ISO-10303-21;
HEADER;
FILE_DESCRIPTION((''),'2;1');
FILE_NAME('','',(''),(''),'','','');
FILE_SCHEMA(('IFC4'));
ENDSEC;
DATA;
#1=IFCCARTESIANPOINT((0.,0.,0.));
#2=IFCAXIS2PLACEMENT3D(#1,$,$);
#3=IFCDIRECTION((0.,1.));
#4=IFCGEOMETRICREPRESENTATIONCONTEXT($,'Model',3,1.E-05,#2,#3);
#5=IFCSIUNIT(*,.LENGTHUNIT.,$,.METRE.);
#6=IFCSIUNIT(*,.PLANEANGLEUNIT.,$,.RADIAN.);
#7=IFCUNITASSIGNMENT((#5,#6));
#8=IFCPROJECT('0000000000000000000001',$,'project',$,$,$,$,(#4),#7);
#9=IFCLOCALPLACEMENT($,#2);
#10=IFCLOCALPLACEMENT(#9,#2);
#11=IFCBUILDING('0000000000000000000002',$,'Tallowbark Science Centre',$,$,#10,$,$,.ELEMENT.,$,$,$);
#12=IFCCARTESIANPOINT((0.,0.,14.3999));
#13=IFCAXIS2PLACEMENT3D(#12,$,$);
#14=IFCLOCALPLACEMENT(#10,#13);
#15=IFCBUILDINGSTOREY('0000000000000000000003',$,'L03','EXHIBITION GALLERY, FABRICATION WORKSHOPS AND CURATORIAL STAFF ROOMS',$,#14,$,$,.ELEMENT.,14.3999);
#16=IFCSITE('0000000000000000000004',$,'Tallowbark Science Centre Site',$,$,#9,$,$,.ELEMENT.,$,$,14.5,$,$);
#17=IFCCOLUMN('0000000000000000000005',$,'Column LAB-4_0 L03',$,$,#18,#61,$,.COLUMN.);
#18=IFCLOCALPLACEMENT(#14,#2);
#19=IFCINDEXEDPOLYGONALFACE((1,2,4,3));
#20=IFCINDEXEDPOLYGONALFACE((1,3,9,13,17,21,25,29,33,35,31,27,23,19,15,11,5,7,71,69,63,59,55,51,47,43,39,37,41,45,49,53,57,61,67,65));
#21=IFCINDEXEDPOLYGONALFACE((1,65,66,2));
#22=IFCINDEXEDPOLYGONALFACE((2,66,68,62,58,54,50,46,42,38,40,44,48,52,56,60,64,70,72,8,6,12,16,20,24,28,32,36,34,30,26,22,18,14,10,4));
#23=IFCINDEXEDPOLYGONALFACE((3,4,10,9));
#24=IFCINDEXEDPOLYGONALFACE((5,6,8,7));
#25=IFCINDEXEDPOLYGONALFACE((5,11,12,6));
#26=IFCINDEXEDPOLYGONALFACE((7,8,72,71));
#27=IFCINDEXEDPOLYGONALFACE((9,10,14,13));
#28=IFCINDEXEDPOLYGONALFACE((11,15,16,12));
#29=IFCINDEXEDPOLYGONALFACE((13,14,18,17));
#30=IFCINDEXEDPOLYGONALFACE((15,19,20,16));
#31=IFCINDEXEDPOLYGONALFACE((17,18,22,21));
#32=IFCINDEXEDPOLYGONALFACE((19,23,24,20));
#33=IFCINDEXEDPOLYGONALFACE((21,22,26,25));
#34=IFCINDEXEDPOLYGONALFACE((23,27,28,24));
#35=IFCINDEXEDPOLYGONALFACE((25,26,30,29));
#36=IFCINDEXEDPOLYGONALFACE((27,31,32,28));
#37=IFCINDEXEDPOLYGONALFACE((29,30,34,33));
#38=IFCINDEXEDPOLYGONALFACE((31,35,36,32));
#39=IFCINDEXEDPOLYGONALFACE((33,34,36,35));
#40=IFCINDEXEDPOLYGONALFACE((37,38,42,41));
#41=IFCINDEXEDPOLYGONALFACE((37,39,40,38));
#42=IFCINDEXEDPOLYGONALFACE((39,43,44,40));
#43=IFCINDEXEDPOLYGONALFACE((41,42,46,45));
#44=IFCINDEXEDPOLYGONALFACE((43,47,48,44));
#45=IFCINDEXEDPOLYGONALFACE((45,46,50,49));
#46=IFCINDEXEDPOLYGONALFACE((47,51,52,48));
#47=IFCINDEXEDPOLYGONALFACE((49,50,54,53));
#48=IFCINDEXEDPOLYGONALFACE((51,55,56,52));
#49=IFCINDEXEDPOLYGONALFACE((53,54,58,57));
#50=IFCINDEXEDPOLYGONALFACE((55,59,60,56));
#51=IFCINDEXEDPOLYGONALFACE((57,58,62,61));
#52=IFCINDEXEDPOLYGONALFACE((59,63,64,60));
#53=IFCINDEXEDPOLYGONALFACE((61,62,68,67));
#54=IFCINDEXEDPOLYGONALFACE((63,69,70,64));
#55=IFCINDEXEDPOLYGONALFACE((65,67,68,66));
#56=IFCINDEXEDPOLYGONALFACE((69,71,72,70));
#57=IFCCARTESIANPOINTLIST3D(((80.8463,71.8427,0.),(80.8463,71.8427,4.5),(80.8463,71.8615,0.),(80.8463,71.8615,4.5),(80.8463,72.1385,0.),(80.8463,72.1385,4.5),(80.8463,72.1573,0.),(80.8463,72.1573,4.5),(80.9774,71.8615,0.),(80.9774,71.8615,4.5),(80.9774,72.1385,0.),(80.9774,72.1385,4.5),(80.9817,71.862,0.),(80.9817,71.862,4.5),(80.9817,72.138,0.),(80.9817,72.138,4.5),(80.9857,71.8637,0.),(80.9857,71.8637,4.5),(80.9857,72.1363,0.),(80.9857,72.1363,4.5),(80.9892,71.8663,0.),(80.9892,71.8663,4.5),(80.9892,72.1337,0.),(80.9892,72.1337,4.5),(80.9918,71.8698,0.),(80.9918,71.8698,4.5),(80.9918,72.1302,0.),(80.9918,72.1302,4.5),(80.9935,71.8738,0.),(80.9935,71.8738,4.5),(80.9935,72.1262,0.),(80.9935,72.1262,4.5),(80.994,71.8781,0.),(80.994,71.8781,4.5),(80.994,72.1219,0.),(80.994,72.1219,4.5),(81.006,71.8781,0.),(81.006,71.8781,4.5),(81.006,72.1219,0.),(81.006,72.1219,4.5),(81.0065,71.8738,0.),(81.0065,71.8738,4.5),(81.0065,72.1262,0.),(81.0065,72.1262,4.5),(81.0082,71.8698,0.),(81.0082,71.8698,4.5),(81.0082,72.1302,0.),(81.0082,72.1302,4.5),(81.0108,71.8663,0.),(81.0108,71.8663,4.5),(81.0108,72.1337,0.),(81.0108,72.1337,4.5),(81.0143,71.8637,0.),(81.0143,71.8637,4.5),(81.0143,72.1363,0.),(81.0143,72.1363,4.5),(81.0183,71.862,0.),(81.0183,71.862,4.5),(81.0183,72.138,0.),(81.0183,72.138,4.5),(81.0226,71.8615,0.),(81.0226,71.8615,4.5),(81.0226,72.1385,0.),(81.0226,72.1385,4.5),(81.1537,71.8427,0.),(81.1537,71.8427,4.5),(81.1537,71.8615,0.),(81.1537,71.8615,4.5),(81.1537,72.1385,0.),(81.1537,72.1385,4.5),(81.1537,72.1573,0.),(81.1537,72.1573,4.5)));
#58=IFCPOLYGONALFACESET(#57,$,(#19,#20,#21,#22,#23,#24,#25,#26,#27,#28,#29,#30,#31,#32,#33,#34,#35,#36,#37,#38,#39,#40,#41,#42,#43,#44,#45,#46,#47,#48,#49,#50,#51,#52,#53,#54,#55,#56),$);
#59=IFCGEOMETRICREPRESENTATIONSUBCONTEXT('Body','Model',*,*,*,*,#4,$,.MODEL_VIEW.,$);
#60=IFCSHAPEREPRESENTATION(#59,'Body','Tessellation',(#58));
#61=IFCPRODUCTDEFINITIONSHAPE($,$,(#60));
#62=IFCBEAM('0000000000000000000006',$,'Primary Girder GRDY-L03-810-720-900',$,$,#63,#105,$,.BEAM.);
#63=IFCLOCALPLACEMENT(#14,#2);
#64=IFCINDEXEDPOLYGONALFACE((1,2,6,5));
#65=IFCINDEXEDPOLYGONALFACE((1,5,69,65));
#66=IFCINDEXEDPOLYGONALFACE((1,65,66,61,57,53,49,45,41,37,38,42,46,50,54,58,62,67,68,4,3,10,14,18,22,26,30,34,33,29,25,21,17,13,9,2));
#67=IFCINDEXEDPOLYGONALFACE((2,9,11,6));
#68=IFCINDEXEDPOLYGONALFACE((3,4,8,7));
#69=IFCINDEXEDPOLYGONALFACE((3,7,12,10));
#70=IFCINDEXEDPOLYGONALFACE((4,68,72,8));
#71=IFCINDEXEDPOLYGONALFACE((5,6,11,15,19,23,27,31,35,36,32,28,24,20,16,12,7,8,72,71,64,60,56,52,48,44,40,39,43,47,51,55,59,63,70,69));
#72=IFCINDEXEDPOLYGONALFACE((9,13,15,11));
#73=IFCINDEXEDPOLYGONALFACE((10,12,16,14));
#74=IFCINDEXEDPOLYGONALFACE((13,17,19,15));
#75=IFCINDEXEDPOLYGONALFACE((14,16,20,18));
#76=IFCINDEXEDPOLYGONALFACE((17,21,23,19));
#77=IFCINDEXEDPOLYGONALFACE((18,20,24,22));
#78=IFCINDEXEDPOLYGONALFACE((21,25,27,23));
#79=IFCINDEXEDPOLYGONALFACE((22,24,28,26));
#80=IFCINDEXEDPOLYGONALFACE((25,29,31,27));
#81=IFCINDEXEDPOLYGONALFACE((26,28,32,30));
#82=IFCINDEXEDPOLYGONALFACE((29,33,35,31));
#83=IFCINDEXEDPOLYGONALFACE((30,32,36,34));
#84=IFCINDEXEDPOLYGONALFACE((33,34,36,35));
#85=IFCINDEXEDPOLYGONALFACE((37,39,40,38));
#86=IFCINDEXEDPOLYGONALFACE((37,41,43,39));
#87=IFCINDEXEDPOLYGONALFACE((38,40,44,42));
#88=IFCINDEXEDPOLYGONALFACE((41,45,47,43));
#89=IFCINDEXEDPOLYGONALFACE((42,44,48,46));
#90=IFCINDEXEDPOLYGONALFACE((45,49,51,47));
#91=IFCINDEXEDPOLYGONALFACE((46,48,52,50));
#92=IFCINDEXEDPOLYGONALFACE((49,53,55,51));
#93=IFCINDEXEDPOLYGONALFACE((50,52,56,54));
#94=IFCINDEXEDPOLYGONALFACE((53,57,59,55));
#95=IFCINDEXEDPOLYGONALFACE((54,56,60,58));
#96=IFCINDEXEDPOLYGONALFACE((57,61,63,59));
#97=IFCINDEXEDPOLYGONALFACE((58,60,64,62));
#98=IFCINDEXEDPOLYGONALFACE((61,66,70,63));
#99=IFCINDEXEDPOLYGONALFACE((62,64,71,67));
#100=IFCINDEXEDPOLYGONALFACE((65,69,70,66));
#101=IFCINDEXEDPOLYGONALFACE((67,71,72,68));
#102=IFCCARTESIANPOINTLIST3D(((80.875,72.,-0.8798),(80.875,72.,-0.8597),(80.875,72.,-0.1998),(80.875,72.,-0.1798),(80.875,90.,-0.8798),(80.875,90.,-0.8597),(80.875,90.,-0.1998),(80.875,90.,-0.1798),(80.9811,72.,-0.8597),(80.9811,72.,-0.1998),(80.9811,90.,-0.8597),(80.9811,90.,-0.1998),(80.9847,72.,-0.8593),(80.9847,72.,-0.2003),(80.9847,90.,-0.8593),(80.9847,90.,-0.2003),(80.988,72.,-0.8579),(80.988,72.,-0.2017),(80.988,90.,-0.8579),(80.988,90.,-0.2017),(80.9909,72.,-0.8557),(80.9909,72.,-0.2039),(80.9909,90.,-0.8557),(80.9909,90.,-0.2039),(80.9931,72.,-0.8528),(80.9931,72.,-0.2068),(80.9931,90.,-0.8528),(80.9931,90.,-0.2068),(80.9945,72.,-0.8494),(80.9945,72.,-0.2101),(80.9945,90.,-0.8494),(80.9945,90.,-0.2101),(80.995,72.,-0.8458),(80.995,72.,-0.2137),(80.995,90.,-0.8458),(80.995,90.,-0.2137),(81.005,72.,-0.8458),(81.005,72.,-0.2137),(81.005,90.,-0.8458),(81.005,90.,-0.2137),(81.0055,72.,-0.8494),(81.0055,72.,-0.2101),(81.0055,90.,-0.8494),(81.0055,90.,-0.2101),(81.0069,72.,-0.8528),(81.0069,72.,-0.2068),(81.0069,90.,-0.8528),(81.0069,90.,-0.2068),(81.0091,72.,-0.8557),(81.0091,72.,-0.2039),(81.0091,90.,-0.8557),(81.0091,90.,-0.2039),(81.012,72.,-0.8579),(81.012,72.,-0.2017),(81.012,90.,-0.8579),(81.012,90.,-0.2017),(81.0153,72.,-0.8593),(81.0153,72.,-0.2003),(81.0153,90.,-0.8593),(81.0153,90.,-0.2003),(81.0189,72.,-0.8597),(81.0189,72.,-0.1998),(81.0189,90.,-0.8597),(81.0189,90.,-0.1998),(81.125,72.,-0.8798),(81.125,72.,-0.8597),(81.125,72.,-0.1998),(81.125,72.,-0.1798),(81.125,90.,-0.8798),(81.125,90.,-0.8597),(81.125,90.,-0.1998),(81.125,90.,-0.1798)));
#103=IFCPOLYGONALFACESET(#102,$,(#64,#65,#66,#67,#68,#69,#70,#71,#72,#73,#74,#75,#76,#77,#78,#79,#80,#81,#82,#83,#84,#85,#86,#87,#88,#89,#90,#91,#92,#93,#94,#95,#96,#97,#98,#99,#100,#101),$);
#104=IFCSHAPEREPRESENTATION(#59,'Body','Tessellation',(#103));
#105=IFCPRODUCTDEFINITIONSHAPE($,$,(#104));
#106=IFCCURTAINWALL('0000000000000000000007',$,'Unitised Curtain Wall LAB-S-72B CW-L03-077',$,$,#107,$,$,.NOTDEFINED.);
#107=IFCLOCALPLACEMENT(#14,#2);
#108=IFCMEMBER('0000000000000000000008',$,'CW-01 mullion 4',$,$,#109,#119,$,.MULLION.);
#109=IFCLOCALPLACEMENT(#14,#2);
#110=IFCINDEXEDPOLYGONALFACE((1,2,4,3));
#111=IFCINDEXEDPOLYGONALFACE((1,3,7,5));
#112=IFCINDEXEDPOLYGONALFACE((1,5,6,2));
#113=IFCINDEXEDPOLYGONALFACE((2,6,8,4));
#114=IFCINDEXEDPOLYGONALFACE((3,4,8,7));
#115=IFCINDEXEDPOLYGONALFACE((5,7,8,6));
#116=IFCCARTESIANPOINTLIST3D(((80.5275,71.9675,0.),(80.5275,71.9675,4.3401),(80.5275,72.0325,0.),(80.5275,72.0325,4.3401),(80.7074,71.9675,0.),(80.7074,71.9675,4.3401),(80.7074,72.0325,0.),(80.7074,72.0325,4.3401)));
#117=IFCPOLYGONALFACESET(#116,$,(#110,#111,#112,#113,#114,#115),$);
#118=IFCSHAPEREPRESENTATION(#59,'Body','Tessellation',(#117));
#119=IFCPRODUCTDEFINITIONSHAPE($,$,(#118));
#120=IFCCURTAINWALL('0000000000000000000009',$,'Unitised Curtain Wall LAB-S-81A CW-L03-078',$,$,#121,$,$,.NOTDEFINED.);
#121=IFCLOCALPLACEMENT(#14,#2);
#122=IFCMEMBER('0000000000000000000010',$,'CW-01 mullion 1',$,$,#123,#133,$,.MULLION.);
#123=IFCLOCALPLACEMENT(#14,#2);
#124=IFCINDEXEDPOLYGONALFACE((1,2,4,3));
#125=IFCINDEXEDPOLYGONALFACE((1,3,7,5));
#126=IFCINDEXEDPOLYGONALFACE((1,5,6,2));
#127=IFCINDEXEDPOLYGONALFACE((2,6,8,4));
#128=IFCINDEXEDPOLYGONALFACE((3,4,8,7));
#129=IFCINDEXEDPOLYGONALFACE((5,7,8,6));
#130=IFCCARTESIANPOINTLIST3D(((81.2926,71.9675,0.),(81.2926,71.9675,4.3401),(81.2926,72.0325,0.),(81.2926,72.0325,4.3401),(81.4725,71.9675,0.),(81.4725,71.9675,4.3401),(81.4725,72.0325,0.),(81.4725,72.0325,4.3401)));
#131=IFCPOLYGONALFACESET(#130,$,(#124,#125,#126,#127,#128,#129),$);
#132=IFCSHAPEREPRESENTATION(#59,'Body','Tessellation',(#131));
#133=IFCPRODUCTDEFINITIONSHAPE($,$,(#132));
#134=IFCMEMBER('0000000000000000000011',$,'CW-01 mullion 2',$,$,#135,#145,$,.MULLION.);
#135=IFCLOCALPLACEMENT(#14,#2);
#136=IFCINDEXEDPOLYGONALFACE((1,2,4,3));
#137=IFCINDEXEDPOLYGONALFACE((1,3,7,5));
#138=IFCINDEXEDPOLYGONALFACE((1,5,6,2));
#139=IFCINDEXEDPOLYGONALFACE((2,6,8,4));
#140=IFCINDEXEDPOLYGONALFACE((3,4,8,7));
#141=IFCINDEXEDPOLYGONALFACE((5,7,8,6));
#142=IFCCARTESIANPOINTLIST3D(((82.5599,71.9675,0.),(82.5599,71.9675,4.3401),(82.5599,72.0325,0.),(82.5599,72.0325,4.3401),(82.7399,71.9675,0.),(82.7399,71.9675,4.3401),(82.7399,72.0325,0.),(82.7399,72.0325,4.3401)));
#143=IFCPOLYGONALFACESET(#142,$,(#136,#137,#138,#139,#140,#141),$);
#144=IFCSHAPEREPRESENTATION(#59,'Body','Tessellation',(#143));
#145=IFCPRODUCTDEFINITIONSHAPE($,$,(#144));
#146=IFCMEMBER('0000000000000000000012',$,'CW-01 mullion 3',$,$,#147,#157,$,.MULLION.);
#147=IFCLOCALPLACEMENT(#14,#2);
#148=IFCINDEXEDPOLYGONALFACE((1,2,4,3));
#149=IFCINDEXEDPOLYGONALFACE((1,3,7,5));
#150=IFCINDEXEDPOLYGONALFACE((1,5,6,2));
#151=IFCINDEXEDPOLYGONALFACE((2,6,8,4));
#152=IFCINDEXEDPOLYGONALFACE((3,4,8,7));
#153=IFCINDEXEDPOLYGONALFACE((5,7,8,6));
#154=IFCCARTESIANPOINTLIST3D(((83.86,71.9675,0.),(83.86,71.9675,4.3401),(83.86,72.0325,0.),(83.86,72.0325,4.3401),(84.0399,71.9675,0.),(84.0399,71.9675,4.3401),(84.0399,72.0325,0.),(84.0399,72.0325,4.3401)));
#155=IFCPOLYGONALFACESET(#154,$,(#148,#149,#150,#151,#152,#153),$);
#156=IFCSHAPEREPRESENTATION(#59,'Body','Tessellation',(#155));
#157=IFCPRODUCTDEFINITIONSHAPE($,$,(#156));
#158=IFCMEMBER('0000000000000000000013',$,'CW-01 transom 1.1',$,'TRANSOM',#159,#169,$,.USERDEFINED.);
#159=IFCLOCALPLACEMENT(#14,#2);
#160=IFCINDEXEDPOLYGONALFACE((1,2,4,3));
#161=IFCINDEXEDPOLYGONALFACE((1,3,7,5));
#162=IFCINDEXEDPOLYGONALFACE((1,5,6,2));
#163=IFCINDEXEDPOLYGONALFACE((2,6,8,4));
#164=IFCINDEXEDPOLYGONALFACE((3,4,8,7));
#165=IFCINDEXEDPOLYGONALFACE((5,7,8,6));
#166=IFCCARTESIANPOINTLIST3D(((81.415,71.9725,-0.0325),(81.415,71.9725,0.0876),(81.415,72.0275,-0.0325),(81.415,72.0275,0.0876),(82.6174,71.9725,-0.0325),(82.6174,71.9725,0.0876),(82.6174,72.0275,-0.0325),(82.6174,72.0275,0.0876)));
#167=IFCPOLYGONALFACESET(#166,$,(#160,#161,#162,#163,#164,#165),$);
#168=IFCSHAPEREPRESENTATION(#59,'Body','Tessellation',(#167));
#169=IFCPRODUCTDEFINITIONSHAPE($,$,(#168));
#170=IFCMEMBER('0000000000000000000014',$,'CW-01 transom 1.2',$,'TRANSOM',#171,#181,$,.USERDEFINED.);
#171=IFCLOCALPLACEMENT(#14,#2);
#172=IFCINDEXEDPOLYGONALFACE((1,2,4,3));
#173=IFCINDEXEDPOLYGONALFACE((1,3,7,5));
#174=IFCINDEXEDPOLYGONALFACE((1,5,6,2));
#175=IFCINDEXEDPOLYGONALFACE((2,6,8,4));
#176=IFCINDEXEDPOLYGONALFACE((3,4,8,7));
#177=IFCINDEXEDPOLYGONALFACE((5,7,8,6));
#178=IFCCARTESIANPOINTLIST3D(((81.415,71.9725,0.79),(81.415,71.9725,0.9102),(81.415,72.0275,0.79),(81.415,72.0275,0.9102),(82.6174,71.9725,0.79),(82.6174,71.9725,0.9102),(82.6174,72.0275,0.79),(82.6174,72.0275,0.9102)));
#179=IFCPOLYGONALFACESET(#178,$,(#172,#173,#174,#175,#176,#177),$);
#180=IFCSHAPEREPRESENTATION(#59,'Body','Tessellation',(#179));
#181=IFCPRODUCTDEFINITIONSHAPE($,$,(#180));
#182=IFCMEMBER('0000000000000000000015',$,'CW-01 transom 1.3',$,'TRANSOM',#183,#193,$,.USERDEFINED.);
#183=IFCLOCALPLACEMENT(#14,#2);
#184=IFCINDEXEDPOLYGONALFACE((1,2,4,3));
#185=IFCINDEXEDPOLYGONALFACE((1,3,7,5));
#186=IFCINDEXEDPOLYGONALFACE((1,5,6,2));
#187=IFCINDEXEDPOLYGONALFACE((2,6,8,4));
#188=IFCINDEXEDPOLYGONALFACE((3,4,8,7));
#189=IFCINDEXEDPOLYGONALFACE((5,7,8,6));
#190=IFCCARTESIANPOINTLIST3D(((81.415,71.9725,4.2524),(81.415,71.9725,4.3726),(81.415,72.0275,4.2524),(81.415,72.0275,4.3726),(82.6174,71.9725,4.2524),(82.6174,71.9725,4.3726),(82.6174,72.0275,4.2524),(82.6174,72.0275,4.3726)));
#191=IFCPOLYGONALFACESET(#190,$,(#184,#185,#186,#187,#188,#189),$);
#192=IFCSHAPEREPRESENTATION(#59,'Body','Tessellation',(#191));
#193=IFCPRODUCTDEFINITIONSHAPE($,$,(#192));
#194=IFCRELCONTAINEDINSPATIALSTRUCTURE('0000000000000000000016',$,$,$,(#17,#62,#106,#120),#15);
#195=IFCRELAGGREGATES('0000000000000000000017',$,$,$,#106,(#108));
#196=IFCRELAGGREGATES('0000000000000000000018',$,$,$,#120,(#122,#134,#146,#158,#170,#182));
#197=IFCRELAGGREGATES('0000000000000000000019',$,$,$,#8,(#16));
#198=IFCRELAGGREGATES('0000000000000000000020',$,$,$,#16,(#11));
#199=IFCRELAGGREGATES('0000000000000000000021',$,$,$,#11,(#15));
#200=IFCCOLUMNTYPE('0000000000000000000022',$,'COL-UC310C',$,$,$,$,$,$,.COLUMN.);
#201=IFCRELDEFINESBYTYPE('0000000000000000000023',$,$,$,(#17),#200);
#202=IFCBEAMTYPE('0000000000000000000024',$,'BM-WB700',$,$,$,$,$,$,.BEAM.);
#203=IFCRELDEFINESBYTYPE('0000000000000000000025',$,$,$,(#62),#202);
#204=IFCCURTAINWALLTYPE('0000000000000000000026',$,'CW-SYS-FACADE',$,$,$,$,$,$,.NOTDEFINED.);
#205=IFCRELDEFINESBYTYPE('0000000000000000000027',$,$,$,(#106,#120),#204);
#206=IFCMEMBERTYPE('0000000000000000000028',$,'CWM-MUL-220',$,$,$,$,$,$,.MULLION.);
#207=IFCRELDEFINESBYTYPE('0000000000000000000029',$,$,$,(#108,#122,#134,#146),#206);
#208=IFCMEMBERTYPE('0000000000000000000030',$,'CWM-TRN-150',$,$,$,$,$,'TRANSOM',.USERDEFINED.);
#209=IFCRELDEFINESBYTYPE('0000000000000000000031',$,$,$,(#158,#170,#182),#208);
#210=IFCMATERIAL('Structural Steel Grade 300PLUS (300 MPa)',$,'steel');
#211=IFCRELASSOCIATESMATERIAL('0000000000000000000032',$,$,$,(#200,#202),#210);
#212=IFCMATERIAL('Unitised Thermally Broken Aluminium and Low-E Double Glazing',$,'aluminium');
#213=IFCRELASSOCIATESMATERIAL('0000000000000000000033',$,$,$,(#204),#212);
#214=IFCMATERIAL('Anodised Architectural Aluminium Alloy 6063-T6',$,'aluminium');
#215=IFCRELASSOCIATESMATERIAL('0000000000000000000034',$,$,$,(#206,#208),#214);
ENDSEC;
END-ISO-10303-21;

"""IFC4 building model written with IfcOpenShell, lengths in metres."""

from ifc_helpers import new_model, si_unit, direction, frame, origin, origin_2d, place, context, subcontext, project, spatial, rectangle, i_section, extrude, material, material_profile, profile_set, type_object, element, aggregate, save


model = new_model("IFC4")

# Units and contexts
model_context = context("Model", 3, precision=1e-05, world=origin(), true_north=direction((0.0, 1.0)))
body_context = subcontext(model_context, "Body", "Model", "MODEL_VIEW")
ifc_project = project(units=[si_unit("LENGTHUNIT", "METRE"), si_unit("PLANEANGLEUNIT", "RADIAN")], contexts=[model_context])

# Site, building, storey
site_placement = place(None, origin())
site = spatial("IfcSite", under=ifc_project, at=site_placement, Name="Tallowbark Science Centre Site", CompositionType="ELEMENT", RefElevation=14.5)
building_placement = place(site_placement, origin())
building = spatial("IfcBuilding", under=site, at=building_placement, Name="Tallowbark Science Centre", CompositionType="ELEMENT")
storey_placement = place(building_placement, frame((0.0, 0.0, 14.3999)))
storey = spatial("IfcBuildingStorey", under=building, at=storey_placement, Name="L03", Description="EXHIBITION GALLERY, FABRICATION WORKSHOPS AND CURATORIAL STAFF ROOMS", CompositionType="ELEMENT", Elevation=14.3999)

# Column
ifc_material_1 = material(Name="Structural Steel Grade 300PLUS (300 MPa)", Category="steel")
ifc_material_profile_1 = material_profile(ifc_material_1, i_section(OverallWidth=0.3074, OverallDepth=0.3147, WebThickness=0.012, FlangeThickness=0.0188, FilletRadius=0.0166, at=origin_2d()), Name="310UC118")
ifc_profile_set_1 = profile_set([ifc_material_profile_1], Name="Structural Steel Grade 300PLUS (300 MPa)")
column_type = type_object("IfcColumnType", Name="COL-UC310C", PredefinedType="COLUMN", material=ifc_profile_set_1)
column_placement = place(storey_placement, frame((81.0, 72.0, 0.0), z_axis=(0.0, 0.0, 1.0), x_axis=(1.0, 0.0, 0.0)))
element("IfcColumn", 1, at=column_placement, inside=storey, type_object=column_type, Name="Column LAB-4_0 L03", PredefinedType="COLUMN", context=body_context, shape_type="SweptSolid", body=[
    extrude(i_section(OverallWidth=0.3074, OverallDepth=0.3147, WebThickness=0.012, FlangeThickness=0.0188, FilletRadius=0.0166, at=origin_2d()), origin(), (0.0, 0.0, 1.0), 4.5),
])

# Beam
ifc_material_profile_2 = material_profile(ifc_material_1, i_section(OverallWidth=0.25, OverallDepth=0.7, WebThickness=0.01, FlangeThickness=0.02, FilletRadius=0.0139, at=origin_2d()), Name="700WB130")
ifc_profile_set_2 = profile_set([ifc_material_profile_2], Name="Structural Steel Grade 300PLUS (300 MPa)")
beam_type_1 = type_object("IfcBeamType", Name="BM-WB700", PredefinedType="BEAM", material=ifc_profile_set_2)
beam_1_placement = place(storey_placement, frame((81.0, 72.0, -0.5298), z_axis=(0.0, 1.0, 0.0), x_axis=(-1.0, 0.0, 0.0)))
element("IfcBeam", 2, at=beam_1_placement, inside=storey, type_object=beam_type_1, Name="Primary Girder GRDY-L03-810-720-900", PredefinedType="BEAM", context=body_context, shape_type="SweptSolid", body=[
    extrude(i_section(OverallWidth=0.25, OverallDepth=0.7, WebThickness=0.01, FlangeThickness=0.02, FilletRadius=0.0139, at=origin_2d()), origin(), (0.0, 0.0, 1.0), 18.0),
])

# Curtain wall, member
ifc_material_2 = material(Name="Unitised Thermally Broken Aluminium and Low-E Double Glazing", Category="aluminium")
curtain_wall_type = type_object("IfcCurtainWallType", Name="CW-SYS-FACADE", PredefinedType="NOTDEFINED", material=ifc_material_2)
curtain_wall_1_placement = place(storey_placement, origin())
curtain_wall_1 = element("IfcCurtainWall", 3, at=curtain_wall_1_placement, inside=storey, type_object=curtain_wall_type, Name="Unitised Curtain Wall LAB-S-72B CW-L03-077", PredefinedType="NOTDEFINED")
ifc_material_3 = material(Name="Anodised Architectural Aluminium Alloy 6063-T6", Category="aluminium")
ifc_material_profile_3 = material_profile(ifc_material_3, rectangle(XDim=0.0649, YDim=0.1799, at=origin_2d()), Name="ALU65x180")
ifc_profile_set_3 = profile_set([ifc_material_profile_3], Name="Anodised Architectural Aluminium Alloy 6063-T6")
member_type_1 = type_object("IfcMemberType", Name="CWM-MUL-220", PredefinedType="MULLION", material=ifc_profile_set_3)
member_1_placement = place(storey_placement, frame((80.6174, 72.0, 0.0), z_axis=(0.0, 0.0, 1.0), x_axis=(0.0, 1.0, 0.0)))
member_1 = element("IfcMember", 4, at=member_1_placement, type_object=member_type_1, Name="CW-01 mullion 4", PredefinedType="MULLION", context=body_context, shape_type="SweptSolid", body=[
    extrude(rectangle(XDim=0.0649, YDim=0.1799, at=origin_2d()), origin(), (0.0, 0.0, 1.0), 4.3401),
])

# Curtain wall, members
curtain_wall_2_placement = place(storey_placement, origin())
curtain_wall_2 = element("IfcCurtainWall", 5, at=curtain_wall_2_placement, inside=storey, type_object=curtain_wall_type, Name="Unitised Curtain Wall LAB-S-81A CW-L03-078", PredefinedType="NOTDEFINED")
member_2_placement = place(storey_placement, frame((81.3826, 72.0, 0.0), z_axis=(0.0, 0.0, 1.0), x_axis=(0.0, 1.0, 0.0)))
member_2 = element("IfcMember", 6, at=member_2_placement, type_object=member_type_1, Name="CW-01 mullion 1", PredefinedType="MULLION", context=body_context, shape_type="SweptSolid", body=[
    extrude(rectangle(XDim=0.0649, YDim=0.1799, at=origin_2d()), origin(), (0.0, 0.0, 1.0), 4.3401),
])
member_3_placement = place(storey_placement, frame((82.6499, 72.0, 0.0), z_axis=(0.0, 0.0, 1.0), x_axis=(0.0, 1.0, 0.0)))
member_3 = element("IfcMember", 7, at=member_3_placement, type_object=member_type_1, Name="CW-01 mullion 2", PredefinedType="MULLION", context=body_context, shape_type="SweptSolid", body=[
    extrude(rectangle(XDim=0.0649, YDim=0.1799, at=origin_2d()), origin(), (0.0, 0.0, 1.0), 4.3401),
])
member_4_placement = place(storey_placement, frame((83.95, 72.0, 0.0), z_axis=(0.0, 0.0, 1.0), x_axis=(0.0, 1.0, 0.0)))
member_4 = element("IfcMember", 8, at=member_4_placement, type_object=member_type_1, Name="CW-01 mullion 3", PredefinedType="MULLION", context=body_context, shape_type="SweptSolid", body=[
    extrude(rectangle(XDim=0.0649, YDim=0.1799, at=origin_2d()), origin(), (0.0, 0.0, 1.0), 4.3401),
])
ifc_material_profile_4 = material_profile(ifc_material_3, rectangle(XDim=0.0549, YDim=0.1201, at=origin_2d()), Name="ALU55x120")
ifc_profile_set_4 = profile_set([ifc_material_profile_4], Name="Anodised Architectural Aluminium Alloy 6063-T6")
member_type_2 = type_object("IfcMemberType", Name="CWM-TRN-150", ElementType="TRANSOM", PredefinedType="USERDEFINED", material=ifc_profile_set_4)
member_5_placement = place(storey_placement, frame((81.415, 72.0, 0.0276), z_axis=(1.0, 0.0, 0.0), x_axis=(0.0, 1.0, 0.0)))
member_5 = element("IfcMember", 9, at=member_5_placement, type_object=member_type_2, Name="CW-01 transom 1.1", ObjectType="TRANSOM", PredefinedType="USERDEFINED", context=body_context, shape_type="SweptSolid", body=[
    extrude(rectangle(XDim=0.0549, YDim=0.1201, at=origin_2d()), origin(), (0.0, 0.0, 1.0), 1.2024),
])
member_6_placement = place(storey_placement, frame((81.415, 72.0, 0.8501), z_axis=(1.0, 0.0, 0.0), x_axis=(0.0, 1.0, 0.0)))
member_6 = element("IfcMember", 10, at=member_6_placement, type_object=member_type_2, Name="CW-01 transom 1.2", ObjectType="TRANSOM", PredefinedType="USERDEFINED", context=body_context, shape_type="SweptSolid", body=[
    extrude(rectangle(XDim=0.0549, YDim=0.1201, at=origin_2d()), origin(), (0.0, 0.0, 1.0), 1.2024),
])
member_7_placement = place(storey_placement, frame((81.415, 72.0, 4.3125), z_axis=(1.0, 0.0, 0.0), x_axis=(0.0, 1.0, 0.0)))
member_7 = element("IfcMember", 11, at=member_7_placement, type_object=member_type_2, Name="CW-01 transom 1.3", ObjectType="TRANSOM", PredefinedType="USERDEFINED", context=body_context, shape_type="SweptSolid", body=[
    extrude(rectangle(XDim=0.0549, YDim=0.1201, at=origin_2d()), origin(), (0.0, 0.0, 1.0), 1.2024),
])

aggregate(curtain_wall_1, [member_1])
aggregate(curtain_wall_2, [member_2, member_3, member_4, member_5, member_6, member_7])

save(model, "model.ifc")
